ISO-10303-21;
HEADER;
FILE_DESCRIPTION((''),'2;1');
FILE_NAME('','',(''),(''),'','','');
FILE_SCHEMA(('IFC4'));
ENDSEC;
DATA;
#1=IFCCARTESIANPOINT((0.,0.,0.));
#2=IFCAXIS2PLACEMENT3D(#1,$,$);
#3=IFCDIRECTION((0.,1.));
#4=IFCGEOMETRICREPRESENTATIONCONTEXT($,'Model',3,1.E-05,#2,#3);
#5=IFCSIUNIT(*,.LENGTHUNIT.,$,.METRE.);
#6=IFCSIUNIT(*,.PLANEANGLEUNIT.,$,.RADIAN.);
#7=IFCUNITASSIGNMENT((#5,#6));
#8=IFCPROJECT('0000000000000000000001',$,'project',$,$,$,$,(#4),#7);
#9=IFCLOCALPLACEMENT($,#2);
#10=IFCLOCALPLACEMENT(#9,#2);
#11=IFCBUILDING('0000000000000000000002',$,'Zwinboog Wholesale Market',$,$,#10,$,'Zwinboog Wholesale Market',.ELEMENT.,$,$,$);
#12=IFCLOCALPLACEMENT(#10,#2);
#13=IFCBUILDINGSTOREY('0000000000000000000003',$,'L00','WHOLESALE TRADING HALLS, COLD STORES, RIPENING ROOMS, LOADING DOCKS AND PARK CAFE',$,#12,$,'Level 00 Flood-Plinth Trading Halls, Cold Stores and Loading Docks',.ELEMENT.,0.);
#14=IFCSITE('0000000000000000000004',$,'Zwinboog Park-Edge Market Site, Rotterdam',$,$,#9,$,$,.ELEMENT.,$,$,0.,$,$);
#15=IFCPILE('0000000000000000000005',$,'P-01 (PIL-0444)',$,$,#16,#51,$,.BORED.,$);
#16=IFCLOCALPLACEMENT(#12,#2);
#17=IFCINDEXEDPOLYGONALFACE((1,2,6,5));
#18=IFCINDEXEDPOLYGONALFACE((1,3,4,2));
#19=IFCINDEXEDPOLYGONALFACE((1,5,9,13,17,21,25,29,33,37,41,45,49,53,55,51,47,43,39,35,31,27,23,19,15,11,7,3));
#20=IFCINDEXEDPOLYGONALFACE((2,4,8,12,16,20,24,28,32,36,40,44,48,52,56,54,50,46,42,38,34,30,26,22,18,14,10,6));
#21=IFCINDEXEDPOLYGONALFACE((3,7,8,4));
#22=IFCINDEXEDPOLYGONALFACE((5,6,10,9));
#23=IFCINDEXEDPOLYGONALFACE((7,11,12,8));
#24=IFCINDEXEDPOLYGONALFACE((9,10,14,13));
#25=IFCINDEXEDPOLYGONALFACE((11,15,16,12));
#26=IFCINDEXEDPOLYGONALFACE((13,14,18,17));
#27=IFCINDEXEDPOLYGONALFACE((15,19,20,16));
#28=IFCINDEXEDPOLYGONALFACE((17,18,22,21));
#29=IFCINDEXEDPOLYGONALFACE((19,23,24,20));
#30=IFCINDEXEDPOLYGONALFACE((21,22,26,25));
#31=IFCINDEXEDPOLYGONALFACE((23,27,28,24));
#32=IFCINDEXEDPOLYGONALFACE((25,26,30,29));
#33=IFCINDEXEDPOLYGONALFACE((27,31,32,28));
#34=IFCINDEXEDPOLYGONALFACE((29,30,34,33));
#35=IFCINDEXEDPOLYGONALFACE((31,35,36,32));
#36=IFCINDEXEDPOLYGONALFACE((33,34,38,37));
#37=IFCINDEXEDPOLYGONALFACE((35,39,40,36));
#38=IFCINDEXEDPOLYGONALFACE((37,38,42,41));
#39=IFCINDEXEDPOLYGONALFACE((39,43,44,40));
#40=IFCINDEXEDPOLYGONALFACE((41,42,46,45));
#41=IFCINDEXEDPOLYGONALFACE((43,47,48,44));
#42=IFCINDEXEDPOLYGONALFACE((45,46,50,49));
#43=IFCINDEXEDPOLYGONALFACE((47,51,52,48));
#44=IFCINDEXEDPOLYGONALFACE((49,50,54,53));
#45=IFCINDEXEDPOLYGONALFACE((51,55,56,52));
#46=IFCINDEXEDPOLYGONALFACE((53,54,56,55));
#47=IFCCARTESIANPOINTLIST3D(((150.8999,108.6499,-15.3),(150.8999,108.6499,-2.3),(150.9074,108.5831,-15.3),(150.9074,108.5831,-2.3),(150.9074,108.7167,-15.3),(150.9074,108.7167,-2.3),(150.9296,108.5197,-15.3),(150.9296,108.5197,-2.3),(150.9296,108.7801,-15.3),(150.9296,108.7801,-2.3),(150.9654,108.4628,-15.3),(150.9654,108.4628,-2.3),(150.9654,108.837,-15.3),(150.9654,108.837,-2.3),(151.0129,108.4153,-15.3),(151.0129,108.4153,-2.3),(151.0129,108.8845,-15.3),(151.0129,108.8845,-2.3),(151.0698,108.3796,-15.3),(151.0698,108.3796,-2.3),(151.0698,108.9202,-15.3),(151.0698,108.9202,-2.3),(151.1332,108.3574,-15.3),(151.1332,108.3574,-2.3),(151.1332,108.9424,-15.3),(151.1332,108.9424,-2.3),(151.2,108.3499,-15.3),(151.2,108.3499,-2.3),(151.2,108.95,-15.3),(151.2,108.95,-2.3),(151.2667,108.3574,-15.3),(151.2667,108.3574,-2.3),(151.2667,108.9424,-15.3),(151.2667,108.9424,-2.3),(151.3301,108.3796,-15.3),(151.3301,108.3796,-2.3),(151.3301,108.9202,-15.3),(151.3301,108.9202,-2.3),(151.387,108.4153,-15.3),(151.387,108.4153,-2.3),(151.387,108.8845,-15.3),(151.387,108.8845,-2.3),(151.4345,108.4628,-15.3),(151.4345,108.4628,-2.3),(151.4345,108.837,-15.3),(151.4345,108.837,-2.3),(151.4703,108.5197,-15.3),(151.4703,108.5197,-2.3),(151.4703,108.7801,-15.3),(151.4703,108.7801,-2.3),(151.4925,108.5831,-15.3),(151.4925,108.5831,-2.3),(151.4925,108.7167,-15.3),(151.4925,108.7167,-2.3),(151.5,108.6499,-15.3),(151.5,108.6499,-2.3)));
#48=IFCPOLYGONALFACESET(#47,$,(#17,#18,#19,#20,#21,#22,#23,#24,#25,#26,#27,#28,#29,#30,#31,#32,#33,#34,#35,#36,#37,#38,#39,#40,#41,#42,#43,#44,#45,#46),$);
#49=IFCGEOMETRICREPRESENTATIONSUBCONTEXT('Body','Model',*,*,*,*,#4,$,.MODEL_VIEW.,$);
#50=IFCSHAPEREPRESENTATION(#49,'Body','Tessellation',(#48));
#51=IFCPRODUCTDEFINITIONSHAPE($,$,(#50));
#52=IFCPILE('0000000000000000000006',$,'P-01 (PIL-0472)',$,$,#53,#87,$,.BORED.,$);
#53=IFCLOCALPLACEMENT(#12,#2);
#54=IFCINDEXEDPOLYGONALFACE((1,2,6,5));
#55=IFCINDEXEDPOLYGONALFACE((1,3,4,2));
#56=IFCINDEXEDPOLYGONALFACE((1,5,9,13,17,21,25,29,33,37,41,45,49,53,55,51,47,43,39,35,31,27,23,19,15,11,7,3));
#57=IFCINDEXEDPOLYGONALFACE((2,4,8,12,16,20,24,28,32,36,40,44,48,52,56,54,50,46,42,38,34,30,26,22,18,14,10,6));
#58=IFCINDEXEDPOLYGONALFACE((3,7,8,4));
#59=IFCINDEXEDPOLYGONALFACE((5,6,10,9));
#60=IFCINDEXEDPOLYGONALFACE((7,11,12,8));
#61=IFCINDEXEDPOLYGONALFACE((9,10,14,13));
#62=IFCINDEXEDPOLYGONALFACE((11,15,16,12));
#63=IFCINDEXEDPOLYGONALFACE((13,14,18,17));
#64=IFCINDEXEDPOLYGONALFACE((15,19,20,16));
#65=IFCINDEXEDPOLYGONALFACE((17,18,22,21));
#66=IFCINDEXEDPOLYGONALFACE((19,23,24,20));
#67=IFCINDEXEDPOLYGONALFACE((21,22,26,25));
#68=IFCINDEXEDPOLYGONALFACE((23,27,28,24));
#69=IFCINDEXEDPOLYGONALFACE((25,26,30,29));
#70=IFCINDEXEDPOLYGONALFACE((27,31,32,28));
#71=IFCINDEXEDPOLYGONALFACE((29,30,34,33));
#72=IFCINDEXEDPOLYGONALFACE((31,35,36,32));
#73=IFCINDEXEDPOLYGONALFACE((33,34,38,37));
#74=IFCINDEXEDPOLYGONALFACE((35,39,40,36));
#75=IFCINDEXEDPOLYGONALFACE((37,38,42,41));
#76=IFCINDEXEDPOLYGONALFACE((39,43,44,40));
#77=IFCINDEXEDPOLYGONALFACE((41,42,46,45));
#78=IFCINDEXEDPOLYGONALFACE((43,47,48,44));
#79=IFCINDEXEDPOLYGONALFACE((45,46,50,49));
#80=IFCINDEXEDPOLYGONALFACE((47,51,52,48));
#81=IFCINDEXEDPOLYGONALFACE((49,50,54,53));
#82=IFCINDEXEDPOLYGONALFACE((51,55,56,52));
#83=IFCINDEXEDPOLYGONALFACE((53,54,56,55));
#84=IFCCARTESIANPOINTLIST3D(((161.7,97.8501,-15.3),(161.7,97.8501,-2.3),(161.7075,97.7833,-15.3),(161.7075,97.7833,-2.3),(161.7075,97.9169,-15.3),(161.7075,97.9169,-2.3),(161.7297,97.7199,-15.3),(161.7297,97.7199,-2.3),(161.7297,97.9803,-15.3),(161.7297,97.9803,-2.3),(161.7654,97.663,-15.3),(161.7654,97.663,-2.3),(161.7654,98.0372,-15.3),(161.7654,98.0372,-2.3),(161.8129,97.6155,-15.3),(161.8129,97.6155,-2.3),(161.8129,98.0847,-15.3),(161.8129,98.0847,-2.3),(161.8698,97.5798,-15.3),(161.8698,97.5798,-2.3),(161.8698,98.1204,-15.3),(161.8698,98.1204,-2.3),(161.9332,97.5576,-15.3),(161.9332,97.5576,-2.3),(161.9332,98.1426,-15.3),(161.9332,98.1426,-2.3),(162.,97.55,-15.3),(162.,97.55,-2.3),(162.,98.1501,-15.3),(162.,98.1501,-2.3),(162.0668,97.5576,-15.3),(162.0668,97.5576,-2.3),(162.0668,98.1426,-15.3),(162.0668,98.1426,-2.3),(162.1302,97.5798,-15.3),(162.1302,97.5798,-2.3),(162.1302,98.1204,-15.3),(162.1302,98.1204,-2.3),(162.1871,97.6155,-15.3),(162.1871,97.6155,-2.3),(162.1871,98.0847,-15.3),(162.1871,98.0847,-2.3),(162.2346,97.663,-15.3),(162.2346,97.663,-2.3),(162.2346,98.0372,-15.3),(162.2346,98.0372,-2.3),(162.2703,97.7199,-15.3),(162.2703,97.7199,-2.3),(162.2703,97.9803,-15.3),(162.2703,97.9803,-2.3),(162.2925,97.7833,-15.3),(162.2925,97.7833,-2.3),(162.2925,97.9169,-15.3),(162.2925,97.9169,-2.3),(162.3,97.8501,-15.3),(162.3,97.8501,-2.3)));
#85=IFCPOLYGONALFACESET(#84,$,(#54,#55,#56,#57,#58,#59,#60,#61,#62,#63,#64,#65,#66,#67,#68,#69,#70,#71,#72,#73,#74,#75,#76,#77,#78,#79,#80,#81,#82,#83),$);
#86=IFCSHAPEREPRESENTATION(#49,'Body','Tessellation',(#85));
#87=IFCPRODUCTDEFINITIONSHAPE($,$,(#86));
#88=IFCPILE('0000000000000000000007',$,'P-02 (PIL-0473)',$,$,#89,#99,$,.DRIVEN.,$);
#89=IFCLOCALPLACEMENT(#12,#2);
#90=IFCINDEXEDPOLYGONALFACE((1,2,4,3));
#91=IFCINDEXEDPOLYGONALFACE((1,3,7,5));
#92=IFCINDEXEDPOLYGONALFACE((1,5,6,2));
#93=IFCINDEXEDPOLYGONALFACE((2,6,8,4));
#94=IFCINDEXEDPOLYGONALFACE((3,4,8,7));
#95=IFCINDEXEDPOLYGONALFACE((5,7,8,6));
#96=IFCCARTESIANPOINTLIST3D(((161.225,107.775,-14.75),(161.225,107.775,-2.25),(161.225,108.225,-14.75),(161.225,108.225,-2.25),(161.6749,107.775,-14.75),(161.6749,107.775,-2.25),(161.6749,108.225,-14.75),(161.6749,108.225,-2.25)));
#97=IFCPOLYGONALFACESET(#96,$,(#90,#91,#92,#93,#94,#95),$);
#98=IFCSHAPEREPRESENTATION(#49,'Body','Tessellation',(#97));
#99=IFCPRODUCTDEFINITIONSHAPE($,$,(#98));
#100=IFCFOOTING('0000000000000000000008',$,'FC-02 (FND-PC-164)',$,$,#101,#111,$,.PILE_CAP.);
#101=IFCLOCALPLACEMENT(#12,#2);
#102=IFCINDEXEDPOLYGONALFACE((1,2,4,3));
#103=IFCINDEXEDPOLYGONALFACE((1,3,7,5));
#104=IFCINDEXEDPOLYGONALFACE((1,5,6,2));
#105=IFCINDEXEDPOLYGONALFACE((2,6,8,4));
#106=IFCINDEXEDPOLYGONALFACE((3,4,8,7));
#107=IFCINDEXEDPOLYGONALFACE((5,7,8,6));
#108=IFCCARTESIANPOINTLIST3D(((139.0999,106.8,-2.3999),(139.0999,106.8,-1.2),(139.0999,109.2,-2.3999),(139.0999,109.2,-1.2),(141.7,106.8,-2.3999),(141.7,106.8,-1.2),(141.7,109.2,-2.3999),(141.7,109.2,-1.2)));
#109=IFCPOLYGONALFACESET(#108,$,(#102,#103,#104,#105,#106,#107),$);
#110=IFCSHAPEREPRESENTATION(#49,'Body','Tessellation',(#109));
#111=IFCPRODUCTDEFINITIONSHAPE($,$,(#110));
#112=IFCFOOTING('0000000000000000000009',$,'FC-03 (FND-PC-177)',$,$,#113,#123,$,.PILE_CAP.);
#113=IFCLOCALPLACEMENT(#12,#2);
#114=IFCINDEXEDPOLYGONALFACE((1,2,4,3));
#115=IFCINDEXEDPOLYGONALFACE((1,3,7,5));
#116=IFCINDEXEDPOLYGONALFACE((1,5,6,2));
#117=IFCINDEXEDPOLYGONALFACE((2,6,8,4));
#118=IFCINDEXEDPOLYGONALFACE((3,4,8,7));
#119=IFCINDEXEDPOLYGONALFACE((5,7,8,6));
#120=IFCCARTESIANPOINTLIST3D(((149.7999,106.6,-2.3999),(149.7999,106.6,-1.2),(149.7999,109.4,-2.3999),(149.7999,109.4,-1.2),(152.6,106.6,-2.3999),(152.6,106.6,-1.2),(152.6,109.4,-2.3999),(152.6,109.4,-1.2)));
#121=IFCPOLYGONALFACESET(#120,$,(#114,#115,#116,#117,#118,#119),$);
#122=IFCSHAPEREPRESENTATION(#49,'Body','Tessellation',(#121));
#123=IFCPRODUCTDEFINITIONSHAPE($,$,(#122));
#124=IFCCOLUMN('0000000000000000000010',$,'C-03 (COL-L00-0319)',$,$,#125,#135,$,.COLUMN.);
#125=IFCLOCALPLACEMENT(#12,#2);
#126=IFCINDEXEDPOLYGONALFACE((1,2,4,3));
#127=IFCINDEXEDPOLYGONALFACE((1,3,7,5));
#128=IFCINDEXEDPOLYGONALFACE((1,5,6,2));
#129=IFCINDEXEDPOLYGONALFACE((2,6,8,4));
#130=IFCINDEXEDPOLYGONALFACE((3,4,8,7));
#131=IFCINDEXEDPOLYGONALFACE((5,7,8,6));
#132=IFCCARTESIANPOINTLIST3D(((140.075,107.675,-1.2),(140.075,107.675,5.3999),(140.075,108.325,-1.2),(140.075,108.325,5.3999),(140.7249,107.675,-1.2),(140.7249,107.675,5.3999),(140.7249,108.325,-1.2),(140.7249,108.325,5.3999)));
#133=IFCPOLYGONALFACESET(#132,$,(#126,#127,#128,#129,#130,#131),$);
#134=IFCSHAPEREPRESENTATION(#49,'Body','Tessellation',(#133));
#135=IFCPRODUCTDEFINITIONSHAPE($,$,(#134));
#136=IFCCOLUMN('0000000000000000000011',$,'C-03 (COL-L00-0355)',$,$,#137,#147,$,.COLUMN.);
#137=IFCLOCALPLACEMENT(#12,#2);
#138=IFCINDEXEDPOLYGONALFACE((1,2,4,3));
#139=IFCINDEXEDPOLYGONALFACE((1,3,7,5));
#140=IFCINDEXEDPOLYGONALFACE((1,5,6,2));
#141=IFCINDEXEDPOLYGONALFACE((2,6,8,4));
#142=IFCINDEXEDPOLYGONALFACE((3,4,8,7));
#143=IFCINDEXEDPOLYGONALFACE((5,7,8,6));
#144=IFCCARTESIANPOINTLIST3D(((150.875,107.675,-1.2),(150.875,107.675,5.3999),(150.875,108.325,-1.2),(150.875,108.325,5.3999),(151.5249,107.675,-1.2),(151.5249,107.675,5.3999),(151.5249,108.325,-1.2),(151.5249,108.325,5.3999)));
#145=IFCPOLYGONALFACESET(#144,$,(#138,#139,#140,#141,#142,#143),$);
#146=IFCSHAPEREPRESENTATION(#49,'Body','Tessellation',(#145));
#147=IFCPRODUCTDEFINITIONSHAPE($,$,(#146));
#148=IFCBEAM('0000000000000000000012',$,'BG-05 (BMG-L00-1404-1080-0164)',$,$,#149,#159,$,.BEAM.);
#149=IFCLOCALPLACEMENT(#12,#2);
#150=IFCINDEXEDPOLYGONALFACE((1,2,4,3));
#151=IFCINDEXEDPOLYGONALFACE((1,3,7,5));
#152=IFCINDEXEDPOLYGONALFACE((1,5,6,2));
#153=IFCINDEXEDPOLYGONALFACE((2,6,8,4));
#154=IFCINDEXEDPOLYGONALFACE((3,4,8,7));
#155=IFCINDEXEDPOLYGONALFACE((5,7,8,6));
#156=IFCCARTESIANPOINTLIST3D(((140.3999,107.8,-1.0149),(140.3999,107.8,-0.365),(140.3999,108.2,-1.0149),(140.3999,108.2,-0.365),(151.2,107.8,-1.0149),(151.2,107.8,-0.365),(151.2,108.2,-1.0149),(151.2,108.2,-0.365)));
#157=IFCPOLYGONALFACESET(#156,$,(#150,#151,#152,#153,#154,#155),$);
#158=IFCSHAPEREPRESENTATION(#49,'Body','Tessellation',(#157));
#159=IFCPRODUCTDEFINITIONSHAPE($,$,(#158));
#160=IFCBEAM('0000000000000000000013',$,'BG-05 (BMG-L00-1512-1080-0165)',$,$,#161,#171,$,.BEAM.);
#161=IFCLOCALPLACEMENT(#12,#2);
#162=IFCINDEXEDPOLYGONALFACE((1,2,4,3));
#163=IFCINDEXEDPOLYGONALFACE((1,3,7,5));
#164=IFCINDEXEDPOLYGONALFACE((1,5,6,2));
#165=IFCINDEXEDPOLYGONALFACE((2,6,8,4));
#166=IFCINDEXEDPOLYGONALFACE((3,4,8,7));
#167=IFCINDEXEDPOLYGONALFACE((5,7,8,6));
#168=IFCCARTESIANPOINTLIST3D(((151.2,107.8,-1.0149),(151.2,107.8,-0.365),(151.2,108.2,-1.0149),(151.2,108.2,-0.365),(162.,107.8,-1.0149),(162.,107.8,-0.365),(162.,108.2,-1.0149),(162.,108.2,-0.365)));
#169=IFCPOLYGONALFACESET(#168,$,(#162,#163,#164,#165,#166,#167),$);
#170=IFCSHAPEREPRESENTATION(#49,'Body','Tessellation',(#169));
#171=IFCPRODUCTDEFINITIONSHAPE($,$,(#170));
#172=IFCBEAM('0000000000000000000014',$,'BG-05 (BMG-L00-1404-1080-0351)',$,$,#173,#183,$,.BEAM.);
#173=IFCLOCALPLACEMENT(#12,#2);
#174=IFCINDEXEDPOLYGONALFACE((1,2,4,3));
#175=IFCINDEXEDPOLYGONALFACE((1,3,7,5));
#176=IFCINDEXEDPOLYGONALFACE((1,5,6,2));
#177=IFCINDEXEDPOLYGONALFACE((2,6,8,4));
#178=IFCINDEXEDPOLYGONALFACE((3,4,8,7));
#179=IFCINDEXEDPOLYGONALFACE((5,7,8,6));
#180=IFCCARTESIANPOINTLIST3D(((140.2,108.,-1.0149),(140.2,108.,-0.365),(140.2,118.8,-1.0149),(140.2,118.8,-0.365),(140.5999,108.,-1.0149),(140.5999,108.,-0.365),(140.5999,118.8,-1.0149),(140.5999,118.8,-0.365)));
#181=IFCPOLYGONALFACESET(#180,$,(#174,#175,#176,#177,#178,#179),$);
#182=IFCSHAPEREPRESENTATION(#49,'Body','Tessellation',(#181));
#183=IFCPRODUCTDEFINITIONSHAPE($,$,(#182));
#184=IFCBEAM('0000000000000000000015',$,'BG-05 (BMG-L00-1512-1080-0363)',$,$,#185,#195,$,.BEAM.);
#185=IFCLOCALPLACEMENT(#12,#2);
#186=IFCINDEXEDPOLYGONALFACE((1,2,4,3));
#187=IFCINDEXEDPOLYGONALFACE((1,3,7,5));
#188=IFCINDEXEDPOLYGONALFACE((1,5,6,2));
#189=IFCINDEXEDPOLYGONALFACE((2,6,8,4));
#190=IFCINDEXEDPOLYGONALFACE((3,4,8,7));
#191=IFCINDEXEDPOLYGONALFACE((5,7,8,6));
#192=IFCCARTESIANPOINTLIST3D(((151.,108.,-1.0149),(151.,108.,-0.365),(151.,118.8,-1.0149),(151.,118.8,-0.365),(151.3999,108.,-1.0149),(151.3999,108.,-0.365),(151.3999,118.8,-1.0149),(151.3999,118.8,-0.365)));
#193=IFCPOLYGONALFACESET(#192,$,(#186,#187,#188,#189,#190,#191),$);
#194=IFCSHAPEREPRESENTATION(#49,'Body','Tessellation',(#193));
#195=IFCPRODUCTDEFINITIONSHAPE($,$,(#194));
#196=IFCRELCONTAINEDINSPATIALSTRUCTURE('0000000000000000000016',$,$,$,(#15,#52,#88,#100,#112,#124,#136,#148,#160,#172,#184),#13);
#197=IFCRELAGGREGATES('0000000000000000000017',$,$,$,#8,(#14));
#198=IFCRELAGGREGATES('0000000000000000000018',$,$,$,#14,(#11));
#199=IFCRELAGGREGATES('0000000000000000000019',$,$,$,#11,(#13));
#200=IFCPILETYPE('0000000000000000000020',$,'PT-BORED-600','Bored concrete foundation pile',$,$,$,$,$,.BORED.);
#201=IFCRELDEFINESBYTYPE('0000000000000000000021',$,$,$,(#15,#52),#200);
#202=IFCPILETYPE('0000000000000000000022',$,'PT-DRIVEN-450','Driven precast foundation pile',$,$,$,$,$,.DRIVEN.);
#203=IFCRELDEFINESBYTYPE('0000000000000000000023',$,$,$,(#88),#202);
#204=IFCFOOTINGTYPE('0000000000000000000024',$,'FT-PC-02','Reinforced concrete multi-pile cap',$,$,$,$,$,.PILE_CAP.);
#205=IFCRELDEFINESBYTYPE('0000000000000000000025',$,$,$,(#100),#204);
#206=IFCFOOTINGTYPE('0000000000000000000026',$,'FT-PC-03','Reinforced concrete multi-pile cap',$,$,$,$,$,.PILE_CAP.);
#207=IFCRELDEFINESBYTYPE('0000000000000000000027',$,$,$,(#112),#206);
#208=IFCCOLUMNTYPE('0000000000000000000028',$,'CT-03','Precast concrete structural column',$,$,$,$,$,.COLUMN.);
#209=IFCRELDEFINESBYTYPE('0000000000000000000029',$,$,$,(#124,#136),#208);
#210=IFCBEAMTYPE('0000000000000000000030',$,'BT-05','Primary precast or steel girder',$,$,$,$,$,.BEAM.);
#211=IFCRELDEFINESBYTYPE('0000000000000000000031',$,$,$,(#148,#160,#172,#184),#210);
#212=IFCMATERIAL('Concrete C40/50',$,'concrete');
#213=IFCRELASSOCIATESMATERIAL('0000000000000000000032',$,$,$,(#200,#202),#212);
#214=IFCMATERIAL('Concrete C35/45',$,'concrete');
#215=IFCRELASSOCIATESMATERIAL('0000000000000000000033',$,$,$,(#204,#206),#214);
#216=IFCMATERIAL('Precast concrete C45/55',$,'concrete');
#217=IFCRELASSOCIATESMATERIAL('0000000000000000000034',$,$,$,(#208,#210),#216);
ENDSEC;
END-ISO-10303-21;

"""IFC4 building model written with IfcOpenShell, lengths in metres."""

from ifc_helpers import new_model, si_unit, direction, frame, origin, origin_2d, place, context, subcontext, project, spatial, rectangle, circle, extrude, material, material_profile, profile_set, type_object, element, save


model = new_model("IFC4")

# Units and contexts
model_context = context("Model", 3, precision=1e-05, world=origin(), true_north=direction((0.0, 1.0)))
body_context = subcontext(model_context, "Body", "Model", "MODEL_VIEW")
ifc_project = project(units=[si_unit("LENGTHUNIT", "METRE"), si_unit("PLANEANGLEUNIT", "RADIAN")], contexts=[model_context])

# Site, building, storey
site_placement = place(None, origin())
site = spatial("IfcSite", under=ifc_project, at=site_placement, Name="Zwinboog Park-Edge Market Site, Rotterdam", CompositionType="ELEMENT", RefElevation=0.0)
building_placement = place(site_placement, origin())
building = spatial("IfcBuilding", under=site, at=building_placement, Name="Zwinboog Wholesale Market", LongName="Zwinboog Wholesale Market", CompositionType="ELEMENT")
storey_placement = place(building_placement, origin())
storey = spatial("IfcBuildingStorey", under=building, at=storey_placement, Name="L00", Description="WHOLESALE TRADING HALLS, COLD STORES, RIPENING ROOMS, LOADING DOCKS AND PARK CAFE", LongName="Level 00 Flood-Plinth Trading Halls, Cold Stores and Loading Docks", CompositionType="ELEMENT", Elevation=0.0)

# Piles
ifc_material_1 = material(Name="Concrete C40/50", Category="concrete")
ifc_material_profile_1 = material_profile(ifc_material_1, circle(Radius=0.3, at=origin_2d()), Name="PILE D600")
ifc_profile_set_1 = profile_set([ifc_material_profile_1], Name="Concrete C40/50")
pile_type_1 = type_object("IfcPileType", Name="PT-BORED-600", Description="Bored concrete foundation pile", PredefinedType="BORED", material=ifc_profile_set_1)
for number, where, z_axis, x_axis, name in (
    (1, (151.2, 108.6499, -2.3), (0.0, 0.0, -1.0), (1.0, 0.0, 0.0), "P-01 (PIL-0444)"),
    (2, (162.0, 97.8501, -2.3), (0.0, 0.0, -1.0), (1.0, 0.0, 0.0), "P-01 (PIL-0472)"),
):
    element("IfcPile", number, at=place(storey_placement, frame(where, z_axis=z_axis, x_axis=x_axis)), inside=storey, type_object=pile_type_1, Name=name, PredefinedType="BORED", context=body_context, shape_type="SweptSolid", body=[
        extrude(circle(Radius=0.3, at=origin_2d()), origin(), (0.0, 0.0, 1.0), 13.0),
    ])
ifc_material_profile_2 = material_profile(ifc_material_1, rectangle(XDim=0.45, YDim=0.45, at=origin_2d()), Name="PILE SQ450")
ifc_profile_set_2 = profile_set([ifc_material_profile_2], Name="Concrete C40/50")
pile_type_2 = type_object("IfcPileType", Name="PT-DRIVEN-450", Description="Driven precast foundation pile", PredefinedType="DRIVEN", material=ifc_profile_set_2)
pile_placement = place(storey_placement, frame((161.45, 108.0, -2.25), z_axis=(0.0, 0.0, -1.0), x_axis=(1.0, 0.0, 0.0)))
element("IfcPile", 3, at=pile_placement, inside=storey, type_object=pile_type_2, Name="P-02 (PIL-0473)", PredefinedType="DRIVEN", context=body_context, shape_type="SweptSolid", body=[
    extrude(rectangle(XDim=0.45, YDim=0.45, at=origin_2d()), origin(), (0.0, 0.0, 1.0), 12.5),
])

# Footings
ifc_material_2 = material(Name="Concrete C35/45", Category="concrete")
footing_type_1 = type_object("IfcFootingType", Name="FT-PC-02", Description="Reinforced concrete multi-pile cap", PredefinedType="PILE_CAP", material=ifc_material_2)
footing_1_placement = place(storey_placement, frame((140.3999, 108.0, -2.3999), z_axis=(0.0, 0.0, 1.0), x_axis=(1.0, 0.0, 0.0)))
element("IfcFooting", 4, at=footing_1_placement, inside=storey, type_object=footing_type_1, Name="FC-02 (FND-PC-164)", PredefinedType="PILE_CAP", context=body_context, shape_type="SweptSolid", body=[
    extrude(rectangle(XDim=2.6001, YDim=2.3999, at=origin_2d()), origin(), (0.0, 0.0, 1.0), 1.2),
])
footing_type_2 = type_object("IfcFootingType", Name="FT-PC-03", Description="Reinforced concrete multi-pile cap", PredefinedType="PILE_CAP", material=ifc_material_2)
footing_2_placement = place(storey_placement, frame((151.2, 108.0, -2.3999), z_axis=(0.0, 0.0, 1.0), x_axis=(1.0, 0.0, 0.0)))
element("IfcFooting", 5, at=footing_2_placement, inside=storey, type_object=footing_type_2, Name="FC-03 (FND-PC-177)", PredefinedType="PILE_CAP", context=body_context, shape_type="SweptSolid", body=[
    extrude(rectangle(XDim=2.8, YDim=2.8, at=origin_2d()), origin(), (0.0, 0.0, 1.0), 1.2),
])

# Columns
ifc_material_3 = material(Name="Precast concrete C45/55", Category="concrete")
ifc_material_profile_3 = material_profile(ifc_material_3, rectangle(XDim=0.6499, YDim=0.6499, at=origin_2d()), Name="PC 650x650")
ifc_profile_set_3 = profile_set([ifc_material_profile_3], Name="Precast concrete C45/55")
column_type = type_object("IfcColumnType", Name="CT-03", Description="Precast concrete structural column", PredefinedType="COLUMN", material=ifc_profile_set_3)
for number, where, z_axis, x_axis, name in (
    (6, (140.3999, 108.0, -1.2), (0.0, 0.0, 1.0), (1.0, 0.0, 0.0), "C-03 (COL-L00-0319)"),
    (7, (151.2, 108.0, -1.2), (0.0, 0.0, 1.0), (1.0, 0.0, 0.0), "C-03 (COL-L00-0355)"),
):
    element("IfcColumn", number, at=place(storey_placement, frame(where, z_axis=z_axis, x_axis=x_axis)), inside=storey, type_object=column_type, Name=name, PredefinedType="COLUMN", context=body_context, shape_type="SweptSolid", body=[
        extrude(rectangle(XDim=0.6499, YDim=0.6499, at=origin_2d()), origin(), (0.0, 0.0, 1.0), 6.5999),
    ])

# Beams
ifc_material_profile_4 = material_profile(ifc_material_3, rectangle(XDim=0.3999, YDim=0.6499, at=origin_2d()), Name="PC 400x650")
ifc_profile_set_4 = profile_set([ifc_material_profile_4], Name="Precast concrete C45/55")
beam_type_1 = type_object("IfcBeamType", Name="BT-05", Description="Primary precast or steel girder", PredefinedType="BEAM", material=ifc_profile_set_4)
for number, where, z_axis, x_axis, name in (
    (8, (140.3999, 108.0, -0.6899), (1.0, 0.0, 0.0), (0.0, 1.0, 0.0), "BG-05 (BMG-L00-1404-1080-0164)"),
    (9, (151.2, 108.0, -0.6899), (1.0, 0.0, 0.0), (0.0, 1.0, 0.0), "BG-05 (BMG-L00-1512-1080-0165)"),
    (10, (140.3999, 108.0, -0.6899), (0.0, 1.0, 0.0), (-1.0, 0.0, 0.0), "BG-05 (BMG-L00-1404-1080-0351)"),
    (11, (151.2, 108.0, -0.6899), (0.0, 1.0, 0.0), (-1.0, 0.0, 0.0), "BG-05 (BMG-L00-1512-1080-0363)"),
):
    element("IfcBeam", number, at=place(storey_placement, frame(where, z_axis=z_axis, x_axis=x_axis)), inside=storey, type_object=beam_type_1, Name=name, PredefinedType="BEAM", context=body_context, shape_type="SweptSolid", body=[
        extrude(rectangle(XDim=0.3999, YDim=0.6499, at=origin_2d()), origin(), (0.0, 0.0, 1.0), 10.8),
    ])

save(model, "model.ifc")
